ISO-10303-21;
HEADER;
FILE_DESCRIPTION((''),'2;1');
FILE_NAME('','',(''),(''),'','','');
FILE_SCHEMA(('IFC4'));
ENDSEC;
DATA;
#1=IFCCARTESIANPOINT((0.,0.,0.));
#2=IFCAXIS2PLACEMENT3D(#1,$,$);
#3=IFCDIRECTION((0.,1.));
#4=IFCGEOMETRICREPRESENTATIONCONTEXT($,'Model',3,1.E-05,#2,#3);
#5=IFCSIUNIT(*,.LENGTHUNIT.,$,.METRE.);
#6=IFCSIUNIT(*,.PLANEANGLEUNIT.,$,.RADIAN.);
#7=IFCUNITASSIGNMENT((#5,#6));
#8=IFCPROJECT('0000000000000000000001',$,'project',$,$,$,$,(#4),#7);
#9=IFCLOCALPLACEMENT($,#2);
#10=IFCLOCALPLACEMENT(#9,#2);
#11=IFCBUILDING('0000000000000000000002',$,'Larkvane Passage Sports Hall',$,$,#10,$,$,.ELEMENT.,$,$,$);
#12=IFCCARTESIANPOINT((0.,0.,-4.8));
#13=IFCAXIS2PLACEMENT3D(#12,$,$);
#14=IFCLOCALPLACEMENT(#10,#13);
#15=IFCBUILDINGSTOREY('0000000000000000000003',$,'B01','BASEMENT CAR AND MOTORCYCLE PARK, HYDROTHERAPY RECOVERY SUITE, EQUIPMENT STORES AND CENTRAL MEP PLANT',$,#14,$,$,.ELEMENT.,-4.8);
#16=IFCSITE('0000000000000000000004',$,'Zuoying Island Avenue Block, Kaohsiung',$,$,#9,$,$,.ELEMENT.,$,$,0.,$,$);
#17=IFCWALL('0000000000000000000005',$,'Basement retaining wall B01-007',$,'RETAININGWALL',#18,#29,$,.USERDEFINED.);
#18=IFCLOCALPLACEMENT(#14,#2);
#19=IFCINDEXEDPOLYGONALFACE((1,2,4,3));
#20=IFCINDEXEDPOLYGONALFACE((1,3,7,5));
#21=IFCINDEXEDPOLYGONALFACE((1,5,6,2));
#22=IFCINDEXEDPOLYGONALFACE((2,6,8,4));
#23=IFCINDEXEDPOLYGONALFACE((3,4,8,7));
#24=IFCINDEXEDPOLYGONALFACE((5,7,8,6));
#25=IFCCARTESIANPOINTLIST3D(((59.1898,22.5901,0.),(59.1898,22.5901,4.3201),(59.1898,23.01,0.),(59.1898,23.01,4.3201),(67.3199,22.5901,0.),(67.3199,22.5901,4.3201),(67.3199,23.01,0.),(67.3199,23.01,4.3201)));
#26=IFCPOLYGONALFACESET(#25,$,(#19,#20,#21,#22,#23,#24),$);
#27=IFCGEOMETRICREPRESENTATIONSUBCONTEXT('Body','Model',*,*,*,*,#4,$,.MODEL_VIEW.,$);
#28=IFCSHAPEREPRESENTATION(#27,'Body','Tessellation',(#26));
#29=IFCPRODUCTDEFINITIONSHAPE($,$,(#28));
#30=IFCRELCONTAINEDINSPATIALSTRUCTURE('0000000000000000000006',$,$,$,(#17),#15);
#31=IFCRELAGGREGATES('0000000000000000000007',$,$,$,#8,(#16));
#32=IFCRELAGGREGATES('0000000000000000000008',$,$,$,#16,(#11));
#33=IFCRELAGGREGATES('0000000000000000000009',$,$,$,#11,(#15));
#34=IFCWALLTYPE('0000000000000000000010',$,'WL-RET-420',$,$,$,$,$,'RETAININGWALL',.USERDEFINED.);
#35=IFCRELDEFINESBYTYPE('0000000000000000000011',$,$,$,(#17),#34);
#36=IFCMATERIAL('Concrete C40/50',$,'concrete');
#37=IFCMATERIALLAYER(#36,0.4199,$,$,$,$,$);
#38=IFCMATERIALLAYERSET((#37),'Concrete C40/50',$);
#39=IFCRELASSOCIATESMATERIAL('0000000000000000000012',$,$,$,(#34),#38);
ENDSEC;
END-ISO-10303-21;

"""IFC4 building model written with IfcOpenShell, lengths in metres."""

from ifc_helpers import new_model, si_unit, direction, frame, frame_2d, origin, place, context, subcontext, project, spatial, rectangle, extrude, material, layer, layer_set, type_object, element, save


model = new_model("IFC4")

# Units and contexts
model_context = context("Model", 3, precision=1e-05, world=origin(), true_north=direction((0.0, 1.0)))
body_context = subcontext(model_context, "Body", "Model", "MODEL_VIEW")
ifc_project = project(units=[si_unit("LENGTHUNIT", "METRE"), si_unit("PLANEANGLEUNIT", "RADIAN")], contexts=[model_context])

# Site, building, storey
site_placement = place(None, origin())
site = spatial("IfcSite", under=ifc_project, at=site_placement, Name="Zuoying Island Avenue Block, Kaohsiung", CompositionType="ELEMENT", RefElevation=0.0)
building_placement = place(site_placement, origin())
building = spatial("IfcBuilding", under=site, at=building_placement, Name="Larkvane Passage Sports Hall", CompositionType="ELEMENT")
storey_placement = place(building_placement, frame((0.0, 0.0, -4.8)))
storey = spatial("IfcBuildingStorey", under=building, at=storey_placement, Name="B01", Description="BASEMENT CAR AND MOTORCYCLE PARK, HYDROTHERAPY RECOVERY SUITE, EQUIPMENT STORES AND CENTRAL MEP PLANT", CompositionType="ELEMENT", Elevation=-4.8)

# Shared definitions
ifc_material_1 = material(Name="Concrete C40/50", Category="concrete")

# Wall
ifc_layer_1 = layer(ifc_material_1, 0.4199)
ifc_layer_set_1 = layer_set([ifc_layer_1], Name="Concrete C40/50")
wall_type_1 = type_object("IfcWallType", Name="WL-RET-420", ElementType="RETAININGWALL", PredefinedType="USERDEFINED", material=ifc_layer_set_1)
wall_1_placement = place(storey_placement, frame((59.1899, 22.8, 0.0), z_axis=(0.0, 0.0, 1.0), x_axis=(1.0, 0.0, 0.0)))
element("IfcWall", 1, at=wall_1_placement, inside=storey, type_object=wall_type_1, Name="Basement retaining wall B01-007", ObjectType="RETAININGWALL", PredefinedType="USERDEFINED", context=body_context, shape_type="SweptSolid", body=[
    extrude(rectangle(XDim=8.1301, YDim=0.4199, at=frame_2d((4.0649, 0.0))), origin(), (0.0, 0.0, 1.0), 4.3201),
])

save(model, "model.ifc")
